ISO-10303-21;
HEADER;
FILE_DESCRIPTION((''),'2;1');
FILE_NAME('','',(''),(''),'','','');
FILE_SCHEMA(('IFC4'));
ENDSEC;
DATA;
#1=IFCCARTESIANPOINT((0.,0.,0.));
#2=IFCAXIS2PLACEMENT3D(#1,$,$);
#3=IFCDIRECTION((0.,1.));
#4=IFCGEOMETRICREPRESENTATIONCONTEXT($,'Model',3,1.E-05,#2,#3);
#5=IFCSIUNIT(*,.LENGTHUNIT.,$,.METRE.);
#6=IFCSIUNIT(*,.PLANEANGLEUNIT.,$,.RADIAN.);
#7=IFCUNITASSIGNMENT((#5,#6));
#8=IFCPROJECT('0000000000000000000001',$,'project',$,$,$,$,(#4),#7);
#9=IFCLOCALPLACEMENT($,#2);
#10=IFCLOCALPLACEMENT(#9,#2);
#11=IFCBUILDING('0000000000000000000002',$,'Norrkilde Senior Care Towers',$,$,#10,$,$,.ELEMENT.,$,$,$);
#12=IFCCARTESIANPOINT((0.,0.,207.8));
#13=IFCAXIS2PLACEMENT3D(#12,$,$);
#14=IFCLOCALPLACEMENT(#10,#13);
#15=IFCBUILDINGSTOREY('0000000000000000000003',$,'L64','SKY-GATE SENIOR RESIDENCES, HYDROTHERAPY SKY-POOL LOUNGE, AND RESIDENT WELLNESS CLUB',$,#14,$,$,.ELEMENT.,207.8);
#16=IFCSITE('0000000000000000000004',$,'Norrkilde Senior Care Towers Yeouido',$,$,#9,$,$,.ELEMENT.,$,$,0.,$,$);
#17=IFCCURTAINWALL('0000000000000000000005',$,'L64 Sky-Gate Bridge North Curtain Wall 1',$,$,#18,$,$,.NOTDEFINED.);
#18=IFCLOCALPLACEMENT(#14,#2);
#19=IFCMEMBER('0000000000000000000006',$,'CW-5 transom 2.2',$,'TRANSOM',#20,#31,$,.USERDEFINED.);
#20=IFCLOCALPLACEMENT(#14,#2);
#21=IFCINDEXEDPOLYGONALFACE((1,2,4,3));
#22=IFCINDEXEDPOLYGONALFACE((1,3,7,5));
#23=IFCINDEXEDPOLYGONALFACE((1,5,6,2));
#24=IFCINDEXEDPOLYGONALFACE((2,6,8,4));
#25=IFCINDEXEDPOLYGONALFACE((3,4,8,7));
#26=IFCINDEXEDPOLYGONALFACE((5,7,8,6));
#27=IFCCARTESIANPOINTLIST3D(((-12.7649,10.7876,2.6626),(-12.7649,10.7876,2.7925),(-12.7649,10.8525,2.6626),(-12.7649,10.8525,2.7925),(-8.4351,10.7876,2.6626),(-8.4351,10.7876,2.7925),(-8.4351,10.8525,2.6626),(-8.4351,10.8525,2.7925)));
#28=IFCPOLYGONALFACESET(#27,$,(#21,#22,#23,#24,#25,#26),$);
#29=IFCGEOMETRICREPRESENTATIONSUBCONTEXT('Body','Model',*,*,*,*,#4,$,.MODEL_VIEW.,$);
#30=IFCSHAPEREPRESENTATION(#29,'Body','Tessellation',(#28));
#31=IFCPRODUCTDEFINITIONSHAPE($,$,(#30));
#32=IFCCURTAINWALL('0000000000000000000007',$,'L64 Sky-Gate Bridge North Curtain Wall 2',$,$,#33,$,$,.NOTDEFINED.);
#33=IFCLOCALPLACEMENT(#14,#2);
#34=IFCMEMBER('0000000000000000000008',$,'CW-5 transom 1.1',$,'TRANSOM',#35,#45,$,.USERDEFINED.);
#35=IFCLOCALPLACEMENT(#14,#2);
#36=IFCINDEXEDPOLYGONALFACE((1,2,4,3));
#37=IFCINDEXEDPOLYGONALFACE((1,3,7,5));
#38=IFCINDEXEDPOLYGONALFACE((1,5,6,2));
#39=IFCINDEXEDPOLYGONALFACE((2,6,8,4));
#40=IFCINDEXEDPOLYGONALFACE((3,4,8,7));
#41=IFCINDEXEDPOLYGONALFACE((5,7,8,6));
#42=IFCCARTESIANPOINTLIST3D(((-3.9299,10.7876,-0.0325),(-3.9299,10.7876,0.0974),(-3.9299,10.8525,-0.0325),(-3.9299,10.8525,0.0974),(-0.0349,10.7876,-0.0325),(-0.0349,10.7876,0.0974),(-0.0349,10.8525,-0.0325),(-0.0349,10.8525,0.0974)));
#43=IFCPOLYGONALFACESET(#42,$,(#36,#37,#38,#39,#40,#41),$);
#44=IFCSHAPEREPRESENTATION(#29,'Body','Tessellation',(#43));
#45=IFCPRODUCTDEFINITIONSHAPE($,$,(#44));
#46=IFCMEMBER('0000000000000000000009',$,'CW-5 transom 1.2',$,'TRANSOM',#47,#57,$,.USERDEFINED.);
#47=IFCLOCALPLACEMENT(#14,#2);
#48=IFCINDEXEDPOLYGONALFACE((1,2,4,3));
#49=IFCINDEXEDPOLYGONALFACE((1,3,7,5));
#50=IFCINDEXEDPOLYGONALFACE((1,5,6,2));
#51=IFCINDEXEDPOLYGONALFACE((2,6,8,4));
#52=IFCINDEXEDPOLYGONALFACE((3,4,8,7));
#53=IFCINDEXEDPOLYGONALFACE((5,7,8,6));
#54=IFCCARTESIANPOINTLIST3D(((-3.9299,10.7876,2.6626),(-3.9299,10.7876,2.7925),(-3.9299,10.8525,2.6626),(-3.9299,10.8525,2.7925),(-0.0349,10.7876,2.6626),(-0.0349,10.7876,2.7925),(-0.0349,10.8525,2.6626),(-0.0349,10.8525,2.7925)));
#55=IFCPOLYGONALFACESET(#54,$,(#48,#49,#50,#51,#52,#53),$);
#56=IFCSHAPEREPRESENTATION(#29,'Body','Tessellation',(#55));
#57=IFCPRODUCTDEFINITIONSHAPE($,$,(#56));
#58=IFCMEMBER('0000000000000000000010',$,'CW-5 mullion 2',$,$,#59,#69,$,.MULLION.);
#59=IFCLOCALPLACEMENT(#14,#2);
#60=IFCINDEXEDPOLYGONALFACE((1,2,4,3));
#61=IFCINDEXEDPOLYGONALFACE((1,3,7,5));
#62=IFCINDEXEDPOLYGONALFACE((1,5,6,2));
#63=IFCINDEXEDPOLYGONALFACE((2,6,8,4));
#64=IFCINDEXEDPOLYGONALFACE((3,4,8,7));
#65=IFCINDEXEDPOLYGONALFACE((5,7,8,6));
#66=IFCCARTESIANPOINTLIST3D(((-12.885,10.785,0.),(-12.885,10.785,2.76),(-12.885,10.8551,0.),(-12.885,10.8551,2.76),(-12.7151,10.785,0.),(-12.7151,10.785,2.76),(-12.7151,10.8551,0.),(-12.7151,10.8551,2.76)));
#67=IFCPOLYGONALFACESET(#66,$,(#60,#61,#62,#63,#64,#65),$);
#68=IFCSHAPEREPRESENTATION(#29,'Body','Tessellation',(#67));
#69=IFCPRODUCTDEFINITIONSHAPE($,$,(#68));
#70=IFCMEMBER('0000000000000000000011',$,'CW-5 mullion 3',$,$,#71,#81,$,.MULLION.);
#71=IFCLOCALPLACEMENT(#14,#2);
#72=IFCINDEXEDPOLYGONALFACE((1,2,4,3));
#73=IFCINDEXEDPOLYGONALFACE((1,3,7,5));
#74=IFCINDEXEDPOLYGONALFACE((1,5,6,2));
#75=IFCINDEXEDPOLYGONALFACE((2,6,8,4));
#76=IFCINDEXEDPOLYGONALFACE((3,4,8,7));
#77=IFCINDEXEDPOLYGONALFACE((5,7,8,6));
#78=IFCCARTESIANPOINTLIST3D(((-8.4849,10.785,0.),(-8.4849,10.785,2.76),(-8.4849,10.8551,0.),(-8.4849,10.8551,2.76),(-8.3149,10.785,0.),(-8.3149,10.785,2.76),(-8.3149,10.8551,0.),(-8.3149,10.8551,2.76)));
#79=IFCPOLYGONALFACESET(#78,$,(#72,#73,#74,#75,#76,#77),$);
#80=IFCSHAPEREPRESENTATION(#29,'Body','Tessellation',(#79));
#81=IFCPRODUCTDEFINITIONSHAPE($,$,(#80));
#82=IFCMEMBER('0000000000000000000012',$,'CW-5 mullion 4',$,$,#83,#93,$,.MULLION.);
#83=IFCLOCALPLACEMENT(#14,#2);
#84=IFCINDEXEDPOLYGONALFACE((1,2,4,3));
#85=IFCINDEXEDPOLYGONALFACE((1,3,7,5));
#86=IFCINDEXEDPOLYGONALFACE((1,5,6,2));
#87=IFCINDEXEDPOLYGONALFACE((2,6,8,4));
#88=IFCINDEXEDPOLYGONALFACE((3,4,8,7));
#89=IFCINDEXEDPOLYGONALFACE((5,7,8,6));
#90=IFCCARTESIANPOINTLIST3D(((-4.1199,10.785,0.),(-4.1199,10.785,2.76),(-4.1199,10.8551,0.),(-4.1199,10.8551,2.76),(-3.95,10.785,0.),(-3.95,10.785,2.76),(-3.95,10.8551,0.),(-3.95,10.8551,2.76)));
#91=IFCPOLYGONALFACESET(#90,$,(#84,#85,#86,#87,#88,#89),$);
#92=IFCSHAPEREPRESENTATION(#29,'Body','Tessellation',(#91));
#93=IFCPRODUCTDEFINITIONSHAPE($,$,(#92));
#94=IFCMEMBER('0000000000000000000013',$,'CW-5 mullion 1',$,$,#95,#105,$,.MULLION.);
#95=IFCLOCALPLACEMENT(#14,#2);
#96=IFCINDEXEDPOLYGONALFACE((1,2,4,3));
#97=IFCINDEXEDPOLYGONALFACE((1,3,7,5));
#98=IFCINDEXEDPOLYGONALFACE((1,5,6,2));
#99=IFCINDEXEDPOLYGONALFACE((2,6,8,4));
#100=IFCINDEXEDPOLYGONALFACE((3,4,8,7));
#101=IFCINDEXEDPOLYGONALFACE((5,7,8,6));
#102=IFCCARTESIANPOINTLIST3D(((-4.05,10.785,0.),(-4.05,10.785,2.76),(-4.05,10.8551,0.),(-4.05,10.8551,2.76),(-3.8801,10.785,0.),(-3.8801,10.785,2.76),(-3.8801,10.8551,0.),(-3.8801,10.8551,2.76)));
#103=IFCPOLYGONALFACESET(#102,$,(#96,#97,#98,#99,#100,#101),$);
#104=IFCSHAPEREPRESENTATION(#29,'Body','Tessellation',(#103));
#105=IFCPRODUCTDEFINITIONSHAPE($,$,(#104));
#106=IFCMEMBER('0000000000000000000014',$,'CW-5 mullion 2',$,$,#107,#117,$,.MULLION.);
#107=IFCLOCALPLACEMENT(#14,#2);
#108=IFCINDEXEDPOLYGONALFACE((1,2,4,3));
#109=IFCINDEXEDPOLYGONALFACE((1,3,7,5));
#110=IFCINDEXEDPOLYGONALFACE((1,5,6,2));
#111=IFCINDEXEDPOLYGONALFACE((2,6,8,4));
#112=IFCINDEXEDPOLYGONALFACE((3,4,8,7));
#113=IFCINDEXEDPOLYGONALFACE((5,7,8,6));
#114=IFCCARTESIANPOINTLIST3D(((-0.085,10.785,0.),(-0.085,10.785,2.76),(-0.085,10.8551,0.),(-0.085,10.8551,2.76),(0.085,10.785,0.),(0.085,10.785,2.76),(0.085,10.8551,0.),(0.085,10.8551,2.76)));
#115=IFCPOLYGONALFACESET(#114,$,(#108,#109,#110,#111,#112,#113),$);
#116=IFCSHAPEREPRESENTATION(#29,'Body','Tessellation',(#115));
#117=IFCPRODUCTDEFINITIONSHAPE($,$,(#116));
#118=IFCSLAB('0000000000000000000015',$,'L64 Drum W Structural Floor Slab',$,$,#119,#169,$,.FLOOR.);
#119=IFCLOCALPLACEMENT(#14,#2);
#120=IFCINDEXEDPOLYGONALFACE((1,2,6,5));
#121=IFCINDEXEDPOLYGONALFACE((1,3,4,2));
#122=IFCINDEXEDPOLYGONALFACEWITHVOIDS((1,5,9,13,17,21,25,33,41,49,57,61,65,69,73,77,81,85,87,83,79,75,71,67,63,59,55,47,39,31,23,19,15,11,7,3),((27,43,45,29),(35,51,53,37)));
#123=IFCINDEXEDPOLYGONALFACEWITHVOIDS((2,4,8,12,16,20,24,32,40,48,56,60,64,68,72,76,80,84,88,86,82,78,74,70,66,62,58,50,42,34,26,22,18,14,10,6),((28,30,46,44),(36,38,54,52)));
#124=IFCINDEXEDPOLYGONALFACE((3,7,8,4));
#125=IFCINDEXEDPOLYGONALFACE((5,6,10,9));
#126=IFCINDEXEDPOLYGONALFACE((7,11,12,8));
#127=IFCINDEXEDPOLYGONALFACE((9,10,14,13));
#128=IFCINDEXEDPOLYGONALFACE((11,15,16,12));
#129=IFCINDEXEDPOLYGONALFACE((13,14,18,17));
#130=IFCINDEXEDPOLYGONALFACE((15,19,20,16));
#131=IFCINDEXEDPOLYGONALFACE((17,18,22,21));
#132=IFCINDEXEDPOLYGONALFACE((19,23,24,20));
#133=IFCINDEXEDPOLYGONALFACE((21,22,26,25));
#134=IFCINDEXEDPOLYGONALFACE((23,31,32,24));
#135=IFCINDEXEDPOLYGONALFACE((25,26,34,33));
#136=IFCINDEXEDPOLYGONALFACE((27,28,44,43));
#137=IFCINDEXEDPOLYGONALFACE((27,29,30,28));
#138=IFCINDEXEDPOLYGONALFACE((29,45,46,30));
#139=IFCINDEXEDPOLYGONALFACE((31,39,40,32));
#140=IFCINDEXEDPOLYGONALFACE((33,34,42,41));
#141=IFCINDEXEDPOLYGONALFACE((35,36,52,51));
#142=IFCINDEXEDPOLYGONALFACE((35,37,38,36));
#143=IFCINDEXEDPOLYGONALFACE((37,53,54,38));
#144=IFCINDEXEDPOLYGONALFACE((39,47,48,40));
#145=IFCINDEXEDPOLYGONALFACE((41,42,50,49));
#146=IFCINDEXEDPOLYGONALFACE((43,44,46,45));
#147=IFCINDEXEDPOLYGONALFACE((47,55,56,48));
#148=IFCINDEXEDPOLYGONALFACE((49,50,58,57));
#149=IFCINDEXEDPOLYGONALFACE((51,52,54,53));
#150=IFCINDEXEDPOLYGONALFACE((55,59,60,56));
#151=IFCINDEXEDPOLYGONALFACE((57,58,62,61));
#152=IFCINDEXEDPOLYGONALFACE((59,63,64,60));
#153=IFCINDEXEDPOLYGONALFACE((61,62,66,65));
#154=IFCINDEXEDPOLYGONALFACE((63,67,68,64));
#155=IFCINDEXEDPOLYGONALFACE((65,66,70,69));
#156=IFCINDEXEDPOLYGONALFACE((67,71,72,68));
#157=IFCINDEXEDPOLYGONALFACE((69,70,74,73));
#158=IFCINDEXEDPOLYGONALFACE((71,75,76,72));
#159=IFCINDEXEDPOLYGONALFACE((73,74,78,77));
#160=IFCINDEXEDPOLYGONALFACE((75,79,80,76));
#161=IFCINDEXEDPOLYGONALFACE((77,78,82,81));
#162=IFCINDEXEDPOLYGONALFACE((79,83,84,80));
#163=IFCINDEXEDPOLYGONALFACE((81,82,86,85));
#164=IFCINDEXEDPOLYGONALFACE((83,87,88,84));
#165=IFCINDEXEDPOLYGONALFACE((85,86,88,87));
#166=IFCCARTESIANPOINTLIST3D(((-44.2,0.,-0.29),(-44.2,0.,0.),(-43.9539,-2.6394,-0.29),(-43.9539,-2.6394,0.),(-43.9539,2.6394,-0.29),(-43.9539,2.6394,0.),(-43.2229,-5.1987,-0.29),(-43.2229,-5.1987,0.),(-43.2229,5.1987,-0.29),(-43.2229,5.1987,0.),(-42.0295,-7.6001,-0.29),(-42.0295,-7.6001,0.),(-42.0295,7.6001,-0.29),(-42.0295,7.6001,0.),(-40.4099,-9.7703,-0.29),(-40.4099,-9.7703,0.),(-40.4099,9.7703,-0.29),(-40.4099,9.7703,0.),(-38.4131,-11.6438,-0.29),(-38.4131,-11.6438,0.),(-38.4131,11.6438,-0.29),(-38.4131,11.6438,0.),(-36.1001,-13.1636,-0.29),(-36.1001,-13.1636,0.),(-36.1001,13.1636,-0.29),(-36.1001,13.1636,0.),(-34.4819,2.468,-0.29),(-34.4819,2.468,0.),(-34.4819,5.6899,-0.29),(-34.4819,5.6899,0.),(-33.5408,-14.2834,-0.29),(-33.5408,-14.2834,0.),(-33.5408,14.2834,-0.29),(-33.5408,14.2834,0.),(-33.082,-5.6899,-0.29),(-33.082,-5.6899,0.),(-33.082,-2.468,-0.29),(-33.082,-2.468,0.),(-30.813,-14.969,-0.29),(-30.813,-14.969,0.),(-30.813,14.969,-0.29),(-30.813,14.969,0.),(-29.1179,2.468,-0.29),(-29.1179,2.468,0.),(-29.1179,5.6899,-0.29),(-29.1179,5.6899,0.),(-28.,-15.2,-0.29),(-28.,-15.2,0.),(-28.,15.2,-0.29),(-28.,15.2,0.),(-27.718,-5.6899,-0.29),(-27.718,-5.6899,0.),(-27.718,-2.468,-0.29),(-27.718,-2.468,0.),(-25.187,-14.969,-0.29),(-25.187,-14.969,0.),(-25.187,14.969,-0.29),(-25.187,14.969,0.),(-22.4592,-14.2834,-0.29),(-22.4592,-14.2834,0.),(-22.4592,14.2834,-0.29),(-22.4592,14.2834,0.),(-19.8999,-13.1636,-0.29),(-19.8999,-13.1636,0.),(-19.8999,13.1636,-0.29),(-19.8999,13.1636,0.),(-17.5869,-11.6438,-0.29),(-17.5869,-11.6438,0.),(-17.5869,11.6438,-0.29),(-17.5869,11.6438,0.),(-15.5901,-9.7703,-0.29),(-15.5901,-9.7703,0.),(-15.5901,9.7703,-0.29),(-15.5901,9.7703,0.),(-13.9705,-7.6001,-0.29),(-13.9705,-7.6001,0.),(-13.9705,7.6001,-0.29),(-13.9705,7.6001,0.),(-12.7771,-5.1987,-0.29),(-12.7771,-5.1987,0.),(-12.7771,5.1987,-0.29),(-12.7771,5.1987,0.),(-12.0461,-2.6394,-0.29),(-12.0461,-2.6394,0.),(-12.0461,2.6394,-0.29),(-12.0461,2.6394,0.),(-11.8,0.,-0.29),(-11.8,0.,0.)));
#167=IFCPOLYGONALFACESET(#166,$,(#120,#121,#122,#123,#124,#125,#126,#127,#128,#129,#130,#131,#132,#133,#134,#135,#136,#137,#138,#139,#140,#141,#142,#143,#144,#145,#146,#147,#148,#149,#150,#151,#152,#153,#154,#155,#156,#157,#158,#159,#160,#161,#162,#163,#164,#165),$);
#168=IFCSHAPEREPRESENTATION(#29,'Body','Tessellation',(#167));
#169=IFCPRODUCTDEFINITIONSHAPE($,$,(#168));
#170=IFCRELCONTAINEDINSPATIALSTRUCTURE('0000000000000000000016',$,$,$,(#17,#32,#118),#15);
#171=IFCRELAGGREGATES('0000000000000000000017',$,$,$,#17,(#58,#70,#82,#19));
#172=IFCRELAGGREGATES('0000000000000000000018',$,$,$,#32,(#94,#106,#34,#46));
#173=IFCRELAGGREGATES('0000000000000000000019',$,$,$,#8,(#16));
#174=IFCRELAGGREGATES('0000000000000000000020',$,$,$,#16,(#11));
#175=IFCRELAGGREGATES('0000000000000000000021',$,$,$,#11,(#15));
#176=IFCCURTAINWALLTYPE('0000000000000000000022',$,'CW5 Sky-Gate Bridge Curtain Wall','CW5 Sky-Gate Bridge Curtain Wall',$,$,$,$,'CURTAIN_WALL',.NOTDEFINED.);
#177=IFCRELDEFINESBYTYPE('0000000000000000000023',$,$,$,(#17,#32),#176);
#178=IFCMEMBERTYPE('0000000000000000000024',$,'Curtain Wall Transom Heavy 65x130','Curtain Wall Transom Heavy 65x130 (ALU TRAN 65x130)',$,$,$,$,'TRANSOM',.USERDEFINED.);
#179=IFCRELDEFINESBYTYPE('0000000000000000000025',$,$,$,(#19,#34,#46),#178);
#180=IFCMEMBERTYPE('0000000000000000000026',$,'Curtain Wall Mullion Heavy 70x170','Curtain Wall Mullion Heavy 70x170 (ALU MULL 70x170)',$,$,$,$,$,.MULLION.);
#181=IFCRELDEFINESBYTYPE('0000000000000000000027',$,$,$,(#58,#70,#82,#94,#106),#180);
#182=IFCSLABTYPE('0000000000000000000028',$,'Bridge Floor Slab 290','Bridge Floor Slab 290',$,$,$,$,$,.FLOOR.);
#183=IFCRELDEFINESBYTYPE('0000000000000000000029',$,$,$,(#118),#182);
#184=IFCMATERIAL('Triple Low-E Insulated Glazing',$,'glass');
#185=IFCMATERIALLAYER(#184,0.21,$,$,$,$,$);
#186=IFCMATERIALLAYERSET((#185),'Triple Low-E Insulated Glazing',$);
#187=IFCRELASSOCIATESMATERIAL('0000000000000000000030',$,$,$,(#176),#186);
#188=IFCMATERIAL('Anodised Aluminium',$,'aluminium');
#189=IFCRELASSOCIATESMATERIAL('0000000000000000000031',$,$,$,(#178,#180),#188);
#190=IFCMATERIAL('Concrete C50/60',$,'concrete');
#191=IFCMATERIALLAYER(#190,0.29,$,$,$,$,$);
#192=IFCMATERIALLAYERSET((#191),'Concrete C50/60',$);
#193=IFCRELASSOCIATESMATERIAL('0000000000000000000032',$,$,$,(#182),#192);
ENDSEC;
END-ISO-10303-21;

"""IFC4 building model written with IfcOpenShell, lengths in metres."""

from ifc_helpers import new_model, si_unit, direction, frame, origin, origin_2d, place, context, subcontext, project, spatial, polyline, rectangle, outline, extrude, source, transform, mapped, material, layer, layer_set, material_profile, profile_set, type_object, type_shapes, element, aggregate, save


model = new_model("IFC4")

# Units and contexts
model_context = context("Model", 3, precision=1e-05, world=origin(), true_north=direction((0.0, 1.0)))
body_context = subcontext(model_context, "Body", "Model", "MODEL_VIEW")
ifc_project = project(units=[si_unit("LENGTHUNIT", "METRE"), si_unit("PLANEANGLEUNIT", "RADIAN")], contexts=[model_context])

# Site, building, storey
site_placement = place(None, origin())
site = spatial("IfcSite", under=ifc_project, at=site_placement, Name="Norrkilde Senior Care Towers Yeouido", CompositionType="ELEMENT", RefElevation=0.0)
building_placement = place(site_placement, origin())
building = spatial("IfcBuilding", under=site, at=building_placement, Name="Norrkilde Senior Care Towers", CompositionType="ELEMENT")
storey_placement = place(building_placement, frame((0.0, 0.0, 207.8)))
storey = spatial("IfcBuildingStorey", under=building, at=storey_placement, Name="L64", Description="SKY-GATE SENIOR RESIDENCES, HYDROTHERAPY SKY-POOL LOUNGE, AND RESIDENT WELLNESS CLUB", CompositionType="ELEMENT", Elevation=207.8)

# Curtain walls, members
ifc_material_1 = material(Name="Triple Low-E Insulated Glazing", Category="glass")
ifc_layer_1 = layer(ifc_material_1, 0.21)
ifc_layer_set_1 = layer_set([ifc_layer_1], Name="Triple Low-E Insulated Glazing")
curtain_wall_type = type_object("IfcCurtainWallType", Name="CW5 Sky-Gate Bridge Curtain Wall", Description="CW5 Sky-Gate Bridge Curtain Wall", ElementType="CURTAIN_WALL", PredefinedType="NOTDEFINED", material=ifc_layer_set_1)
curtain_wall_1_placement = place(storey_placement, origin())
curtain_wall_1 = element("IfcCurtainWall", 1, at=curtain_wall_1_placement, inside=storey, type_object=curtain_wall_type, Name="L64 Sky-Gate Bridge North Curtain Wall 1", PredefinedType="NOTDEFINED")
ifc_material_2 = material(Name="Anodised Aluminium", Category="aluminium")
ifc_material_profile_1 = material_profile(ifc_material_2, rectangle(XDim=0.0649, YDim=0.1299, at=origin_2d()), Name="ALU TRAN 65x130")
ifc_profile_set_1 = profile_set([ifc_material_profile_1], Name="Anodised Aluminium")
member_type_1 = type_object("IfcMemberType", Name="Curtain Wall Transom Heavy 65x130", Description="Curtain Wall Transom Heavy 65x130 (ALU TRAN 65x130)", ElementType="TRANSOM", PredefinedType="USERDEFINED", material=ifc_profile_set_1)
shared_shape_1 = source(origin(), body_context, "Body", "SweptSolid", [
    extrude(rectangle(XDim=0.0649, YDim=0.1299, at=origin_2d()), origin(), (0.0, 0.0, 1.0), 4.3298),
])
member_1_placement = place(storey_placement, frame((-12.7649, 10.8201, 2.7275), z_axis=(1.0, 0.0, 0.0), x_axis=(0.0, 1.0, 0.0)))
member_1 = element("IfcMember", 2, at=member_1_placement, type_object=member_type_1, Name="CW-5 transom 2.2", ObjectType="TRANSOM", PredefinedType="USERDEFINED", context=body_context, shape_type="MappedRepresentation", body=[
    mapped(shared_shape_1, transform((0.0, 0.0, 0.0), x_axis=(1.0, 0.0, 0.0), y_axis=(0.0, 1.0, 0.0), z_axis=(0.0, 0.0, 1.0), scale=1.0)),
])
curtain_wall_2_placement = place(storey_placement, origin())
curtain_wall_2 = element("IfcCurtainWall", 3, at=curtain_wall_2_placement, inside=storey, type_object=curtain_wall_type, Name="L64 Sky-Gate Bridge North Curtain Wall 2", PredefinedType="NOTDEFINED")
shared_shape_2 = source(origin(), body_context, "Body", "SweptSolid", [
    extrude(rectangle(XDim=0.0649, YDim=0.1299, at=origin_2d()), origin(), (0.0, 0.0, 1.0), 3.895),
])
member_2_placement = place(storey_placement, frame((-3.9299, 10.8201, 0.0325), z_axis=(1.0, 0.0, 0.0), x_axis=(0.0, 1.0, 0.0)))
member_2 = element("IfcMember", 4, at=member_2_placement, type_object=member_type_1, Name="CW-5 transom 1.1", ObjectType="TRANSOM", PredefinedType="USERDEFINED", context=body_context, shape_type="MappedRepresentation", body=[
    mapped(shared_shape_2, transform((0.0, 0.0, 0.0), x_axis=(1.0, 0.0, 0.0), y_axis=(0.0, 1.0, 0.0), z_axis=(0.0, 0.0, 1.0), scale=1.0)),
])
member_3_placement = place(storey_placement, frame((-3.9299, 10.8201, 2.7275), z_axis=(1.0, 0.0, 0.0), x_axis=(0.0, 1.0, 0.0)))
member_3 = element("IfcMember", 5, at=member_3_placement, type_object=member_type_1, Name="CW-5 transom 1.2", ObjectType="TRANSOM", PredefinedType="USERDEFINED", context=body_context, shape_type="MappedRepresentation", body=[
    mapped(shared_shape_2, transform((0.0, 0.0, 0.0), x_axis=(1.0, 0.0, 0.0), y_axis=(0.0, 1.0, 0.0), z_axis=(0.0, 0.0, 1.0), scale=1.0)),
])

# Members
ifc_material_profile_2 = material_profile(ifc_material_2, rectangle(XDim=0.0701, YDim=0.1699, at=origin_2d()), Name="ALU MULL 70x170")
ifc_profile_set_2 = profile_set([ifc_material_profile_2], Name="Anodised Aluminium")
member_type_2 = type_object("IfcMemberType", Name="Curtain Wall Mullion Heavy 70x170", Description="Curtain Wall Mullion Heavy 70x170 (ALU MULL 70x170)", PredefinedType="MULLION", material=ifc_profile_set_2)
shared_shape_3 = source(origin(), body_context, "Body", "SweptSolid", [
    extrude(rectangle(XDim=0.0701, YDim=0.1699, at=origin_2d()), origin(), (0.0, 0.0, 1.0), 2.76),
])
type_shapes(member_type_2, [shared_shape_3])
member_4_placement = place(storey_placement, frame((-12.8, 10.8201, 0.0), z_axis=(0.0, 0.0, 1.0), x_axis=(0.0, 1.0, 0.0)))
member_4 = element("IfcMember", 6, at=member_4_placement, type_object=member_type_2, Name="CW-5 mullion 2", PredefinedType="MULLION", context=body_context, shape_type="MappedRepresentation", body=[
    mapped(shared_shape_3, transform((0.0, 0.0, 0.0), x_axis=(1.0, 0.0, 0.0), y_axis=(0.0, 1.0, 0.0), z_axis=(0.0, 0.0, 1.0), scale=1.0)),
])
member_5_placement = place(storey_placement, frame((-8.3999, 10.8201, 0.0), z_axis=(0.0, 0.0, 1.0), x_axis=(0.0, 1.0, 0.0)))
member_5 = element("IfcMember", 7, at=member_5_placement, type_object=member_type_2, Name="CW-5 mullion 3", PredefinedType="MULLION", context=body_context, shape_type="MappedRepresentation", body=[
    mapped(shared_shape_3, transform((0.0, 0.0, 0.0), x_axis=(1.0, 0.0, 0.0), y_axis=(0.0, 1.0, 0.0), z_axis=(0.0, 0.0, 1.0), scale=1.0)),
])
member_6_placement = place(storey_placement, frame((-4.0349, 10.8201, 0.0), z_axis=(0.0, 0.0, 1.0), x_axis=(0.0, 1.0, 0.0)))
member_6 = element("IfcMember", 8, at=member_6_placement, type_object=member_type_2, Name="CW-5 mullion 4", PredefinedType="MULLION", context=body_context, shape_type="MappedRepresentation", body=[
    mapped(shared_shape_3, transform((0.0, 0.0, 0.0), x_axis=(1.0, 0.0, 0.0), y_axis=(0.0, 1.0, 0.0), z_axis=(0.0, 0.0, 1.0), scale=1.0)),
])
member_7_placement = place(storey_placement, frame((-3.9651, 10.8201, 0.0), z_axis=(0.0, 0.0, 1.0), x_axis=(0.0, 1.0, 0.0)))
member_7 = element("IfcMember", 9, at=member_7_placement, type_object=member_type_2, Name="CW-5 mullion 1", PredefinedType="MULLION", context=body_context, shape_type="MappedRepresentation", body=[
    mapped(shared_shape_3, transform((0.0, 0.0, 0.0), x_axis=(1.0, 0.0, 0.0), y_axis=(0.0, 1.0, 0.0), z_axis=(0.0, 0.0, 1.0), scale=1.0)),
])
member_8_placement = place(storey_placement, frame((0.0, 10.8201, 0.0), z_axis=(0.0, 0.0, 1.0), x_axis=(0.0, 1.0, 0.0)))
member_8 = element("IfcMember", 10, at=member_8_placement, type_object=member_type_2, Name="CW-5 mullion 2", PredefinedType="MULLION", context=body_context, shape_type="MappedRepresentation", body=[
    mapped(shared_shape_3, transform((0.0, 0.0, 0.0), x_axis=(1.0, 0.0, 0.0), y_axis=(0.0, 1.0, 0.0), z_axis=(0.0, 0.0, 1.0), scale=1.0)),
])

# Slab
ifc_material_3 = material(Name="Concrete C50/60", Category="concrete")
ifc_layer_2 = layer(ifc_material_3, 0.29)
ifc_layer_set_2 = layer_set([ifc_layer_2], Name="Concrete C50/60")
slab_type_1 = type_object("IfcSlabType", Name="Bridge Floor Slab 290", Description="Bridge Floor Slab 290", PredefinedType="FLOOR", material=ifc_layer_set_2)
slab_1_placement = place(storey_placement, frame((0.0, 0.0, -0.29)))
element("IfcSlab", 11, at=slab_1_placement, inside=storey, type_object=slab_type_1, Name="L64 Drum W Structural Floor Slab", PredefinedType="FLOOR", context=body_context, shape_type="SweptSolid", body=[
    extrude(outline(polyline([(-12.7771, -5.1987), (-13.9705, -7.6001), (-15.5901, -9.7703), (-17.5869, -11.6438), (-19.8999, -13.1636), (-22.4592, -14.2834), (-25.187, -14.969), (-28.0, -15.2), (-30.813, -14.969), (-33.5408, -14.2834), (-36.1001, -13.1636), (-38.4131, -11.6438), (-40.4099, -9.7703), (-42.0295, -7.6001), (-43.2229, -5.1987), (-43.9539, -2.6394), (-44.2, 0.0), (-43.9539, 2.6394), (-43.2229, 5.1987), (-42.0295, 7.6001), (-40.4099, 9.7703), (-38.4131, 11.6438), (-36.1001, 13.1636), (-33.5408, 14.2834), (-30.813, 14.969), (-28.0, 15.2), (-25.187, 14.969), (-22.4592, 14.2834), (-19.8999, 13.1636), (-17.5869, 11.6438), (-15.5901, 9.7703), (-13.9705, 7.6001), (-12.7771, 5.1987), (-12.0461, 2.6394), (-11.8, 0.0), (-12.0461, -2.6394), (-12.7771, -5.1987)]), holes=[polyline([(-34.4819, 2.468), (-29.1179, 2.468), (-29.1179, 5.6899), (-34.4819, 5.6899), (-34.4819, 2.468)]), polyline([(-27.718, -5.6899), (-27.718, -2.468), (-33.082, -2.468), (-33.082, -5.6899), (-27.718, -5.6899)])]), origin(), (0.0, 0.0, 1.0), 0.29),
])

aggregate(curtain_wall_1, [member_4, member_5, member_6, member_1])
aggregate(curtain_wall_2, [member_7, member_8, member_2, member_3])

save(model, "model.ifc")
